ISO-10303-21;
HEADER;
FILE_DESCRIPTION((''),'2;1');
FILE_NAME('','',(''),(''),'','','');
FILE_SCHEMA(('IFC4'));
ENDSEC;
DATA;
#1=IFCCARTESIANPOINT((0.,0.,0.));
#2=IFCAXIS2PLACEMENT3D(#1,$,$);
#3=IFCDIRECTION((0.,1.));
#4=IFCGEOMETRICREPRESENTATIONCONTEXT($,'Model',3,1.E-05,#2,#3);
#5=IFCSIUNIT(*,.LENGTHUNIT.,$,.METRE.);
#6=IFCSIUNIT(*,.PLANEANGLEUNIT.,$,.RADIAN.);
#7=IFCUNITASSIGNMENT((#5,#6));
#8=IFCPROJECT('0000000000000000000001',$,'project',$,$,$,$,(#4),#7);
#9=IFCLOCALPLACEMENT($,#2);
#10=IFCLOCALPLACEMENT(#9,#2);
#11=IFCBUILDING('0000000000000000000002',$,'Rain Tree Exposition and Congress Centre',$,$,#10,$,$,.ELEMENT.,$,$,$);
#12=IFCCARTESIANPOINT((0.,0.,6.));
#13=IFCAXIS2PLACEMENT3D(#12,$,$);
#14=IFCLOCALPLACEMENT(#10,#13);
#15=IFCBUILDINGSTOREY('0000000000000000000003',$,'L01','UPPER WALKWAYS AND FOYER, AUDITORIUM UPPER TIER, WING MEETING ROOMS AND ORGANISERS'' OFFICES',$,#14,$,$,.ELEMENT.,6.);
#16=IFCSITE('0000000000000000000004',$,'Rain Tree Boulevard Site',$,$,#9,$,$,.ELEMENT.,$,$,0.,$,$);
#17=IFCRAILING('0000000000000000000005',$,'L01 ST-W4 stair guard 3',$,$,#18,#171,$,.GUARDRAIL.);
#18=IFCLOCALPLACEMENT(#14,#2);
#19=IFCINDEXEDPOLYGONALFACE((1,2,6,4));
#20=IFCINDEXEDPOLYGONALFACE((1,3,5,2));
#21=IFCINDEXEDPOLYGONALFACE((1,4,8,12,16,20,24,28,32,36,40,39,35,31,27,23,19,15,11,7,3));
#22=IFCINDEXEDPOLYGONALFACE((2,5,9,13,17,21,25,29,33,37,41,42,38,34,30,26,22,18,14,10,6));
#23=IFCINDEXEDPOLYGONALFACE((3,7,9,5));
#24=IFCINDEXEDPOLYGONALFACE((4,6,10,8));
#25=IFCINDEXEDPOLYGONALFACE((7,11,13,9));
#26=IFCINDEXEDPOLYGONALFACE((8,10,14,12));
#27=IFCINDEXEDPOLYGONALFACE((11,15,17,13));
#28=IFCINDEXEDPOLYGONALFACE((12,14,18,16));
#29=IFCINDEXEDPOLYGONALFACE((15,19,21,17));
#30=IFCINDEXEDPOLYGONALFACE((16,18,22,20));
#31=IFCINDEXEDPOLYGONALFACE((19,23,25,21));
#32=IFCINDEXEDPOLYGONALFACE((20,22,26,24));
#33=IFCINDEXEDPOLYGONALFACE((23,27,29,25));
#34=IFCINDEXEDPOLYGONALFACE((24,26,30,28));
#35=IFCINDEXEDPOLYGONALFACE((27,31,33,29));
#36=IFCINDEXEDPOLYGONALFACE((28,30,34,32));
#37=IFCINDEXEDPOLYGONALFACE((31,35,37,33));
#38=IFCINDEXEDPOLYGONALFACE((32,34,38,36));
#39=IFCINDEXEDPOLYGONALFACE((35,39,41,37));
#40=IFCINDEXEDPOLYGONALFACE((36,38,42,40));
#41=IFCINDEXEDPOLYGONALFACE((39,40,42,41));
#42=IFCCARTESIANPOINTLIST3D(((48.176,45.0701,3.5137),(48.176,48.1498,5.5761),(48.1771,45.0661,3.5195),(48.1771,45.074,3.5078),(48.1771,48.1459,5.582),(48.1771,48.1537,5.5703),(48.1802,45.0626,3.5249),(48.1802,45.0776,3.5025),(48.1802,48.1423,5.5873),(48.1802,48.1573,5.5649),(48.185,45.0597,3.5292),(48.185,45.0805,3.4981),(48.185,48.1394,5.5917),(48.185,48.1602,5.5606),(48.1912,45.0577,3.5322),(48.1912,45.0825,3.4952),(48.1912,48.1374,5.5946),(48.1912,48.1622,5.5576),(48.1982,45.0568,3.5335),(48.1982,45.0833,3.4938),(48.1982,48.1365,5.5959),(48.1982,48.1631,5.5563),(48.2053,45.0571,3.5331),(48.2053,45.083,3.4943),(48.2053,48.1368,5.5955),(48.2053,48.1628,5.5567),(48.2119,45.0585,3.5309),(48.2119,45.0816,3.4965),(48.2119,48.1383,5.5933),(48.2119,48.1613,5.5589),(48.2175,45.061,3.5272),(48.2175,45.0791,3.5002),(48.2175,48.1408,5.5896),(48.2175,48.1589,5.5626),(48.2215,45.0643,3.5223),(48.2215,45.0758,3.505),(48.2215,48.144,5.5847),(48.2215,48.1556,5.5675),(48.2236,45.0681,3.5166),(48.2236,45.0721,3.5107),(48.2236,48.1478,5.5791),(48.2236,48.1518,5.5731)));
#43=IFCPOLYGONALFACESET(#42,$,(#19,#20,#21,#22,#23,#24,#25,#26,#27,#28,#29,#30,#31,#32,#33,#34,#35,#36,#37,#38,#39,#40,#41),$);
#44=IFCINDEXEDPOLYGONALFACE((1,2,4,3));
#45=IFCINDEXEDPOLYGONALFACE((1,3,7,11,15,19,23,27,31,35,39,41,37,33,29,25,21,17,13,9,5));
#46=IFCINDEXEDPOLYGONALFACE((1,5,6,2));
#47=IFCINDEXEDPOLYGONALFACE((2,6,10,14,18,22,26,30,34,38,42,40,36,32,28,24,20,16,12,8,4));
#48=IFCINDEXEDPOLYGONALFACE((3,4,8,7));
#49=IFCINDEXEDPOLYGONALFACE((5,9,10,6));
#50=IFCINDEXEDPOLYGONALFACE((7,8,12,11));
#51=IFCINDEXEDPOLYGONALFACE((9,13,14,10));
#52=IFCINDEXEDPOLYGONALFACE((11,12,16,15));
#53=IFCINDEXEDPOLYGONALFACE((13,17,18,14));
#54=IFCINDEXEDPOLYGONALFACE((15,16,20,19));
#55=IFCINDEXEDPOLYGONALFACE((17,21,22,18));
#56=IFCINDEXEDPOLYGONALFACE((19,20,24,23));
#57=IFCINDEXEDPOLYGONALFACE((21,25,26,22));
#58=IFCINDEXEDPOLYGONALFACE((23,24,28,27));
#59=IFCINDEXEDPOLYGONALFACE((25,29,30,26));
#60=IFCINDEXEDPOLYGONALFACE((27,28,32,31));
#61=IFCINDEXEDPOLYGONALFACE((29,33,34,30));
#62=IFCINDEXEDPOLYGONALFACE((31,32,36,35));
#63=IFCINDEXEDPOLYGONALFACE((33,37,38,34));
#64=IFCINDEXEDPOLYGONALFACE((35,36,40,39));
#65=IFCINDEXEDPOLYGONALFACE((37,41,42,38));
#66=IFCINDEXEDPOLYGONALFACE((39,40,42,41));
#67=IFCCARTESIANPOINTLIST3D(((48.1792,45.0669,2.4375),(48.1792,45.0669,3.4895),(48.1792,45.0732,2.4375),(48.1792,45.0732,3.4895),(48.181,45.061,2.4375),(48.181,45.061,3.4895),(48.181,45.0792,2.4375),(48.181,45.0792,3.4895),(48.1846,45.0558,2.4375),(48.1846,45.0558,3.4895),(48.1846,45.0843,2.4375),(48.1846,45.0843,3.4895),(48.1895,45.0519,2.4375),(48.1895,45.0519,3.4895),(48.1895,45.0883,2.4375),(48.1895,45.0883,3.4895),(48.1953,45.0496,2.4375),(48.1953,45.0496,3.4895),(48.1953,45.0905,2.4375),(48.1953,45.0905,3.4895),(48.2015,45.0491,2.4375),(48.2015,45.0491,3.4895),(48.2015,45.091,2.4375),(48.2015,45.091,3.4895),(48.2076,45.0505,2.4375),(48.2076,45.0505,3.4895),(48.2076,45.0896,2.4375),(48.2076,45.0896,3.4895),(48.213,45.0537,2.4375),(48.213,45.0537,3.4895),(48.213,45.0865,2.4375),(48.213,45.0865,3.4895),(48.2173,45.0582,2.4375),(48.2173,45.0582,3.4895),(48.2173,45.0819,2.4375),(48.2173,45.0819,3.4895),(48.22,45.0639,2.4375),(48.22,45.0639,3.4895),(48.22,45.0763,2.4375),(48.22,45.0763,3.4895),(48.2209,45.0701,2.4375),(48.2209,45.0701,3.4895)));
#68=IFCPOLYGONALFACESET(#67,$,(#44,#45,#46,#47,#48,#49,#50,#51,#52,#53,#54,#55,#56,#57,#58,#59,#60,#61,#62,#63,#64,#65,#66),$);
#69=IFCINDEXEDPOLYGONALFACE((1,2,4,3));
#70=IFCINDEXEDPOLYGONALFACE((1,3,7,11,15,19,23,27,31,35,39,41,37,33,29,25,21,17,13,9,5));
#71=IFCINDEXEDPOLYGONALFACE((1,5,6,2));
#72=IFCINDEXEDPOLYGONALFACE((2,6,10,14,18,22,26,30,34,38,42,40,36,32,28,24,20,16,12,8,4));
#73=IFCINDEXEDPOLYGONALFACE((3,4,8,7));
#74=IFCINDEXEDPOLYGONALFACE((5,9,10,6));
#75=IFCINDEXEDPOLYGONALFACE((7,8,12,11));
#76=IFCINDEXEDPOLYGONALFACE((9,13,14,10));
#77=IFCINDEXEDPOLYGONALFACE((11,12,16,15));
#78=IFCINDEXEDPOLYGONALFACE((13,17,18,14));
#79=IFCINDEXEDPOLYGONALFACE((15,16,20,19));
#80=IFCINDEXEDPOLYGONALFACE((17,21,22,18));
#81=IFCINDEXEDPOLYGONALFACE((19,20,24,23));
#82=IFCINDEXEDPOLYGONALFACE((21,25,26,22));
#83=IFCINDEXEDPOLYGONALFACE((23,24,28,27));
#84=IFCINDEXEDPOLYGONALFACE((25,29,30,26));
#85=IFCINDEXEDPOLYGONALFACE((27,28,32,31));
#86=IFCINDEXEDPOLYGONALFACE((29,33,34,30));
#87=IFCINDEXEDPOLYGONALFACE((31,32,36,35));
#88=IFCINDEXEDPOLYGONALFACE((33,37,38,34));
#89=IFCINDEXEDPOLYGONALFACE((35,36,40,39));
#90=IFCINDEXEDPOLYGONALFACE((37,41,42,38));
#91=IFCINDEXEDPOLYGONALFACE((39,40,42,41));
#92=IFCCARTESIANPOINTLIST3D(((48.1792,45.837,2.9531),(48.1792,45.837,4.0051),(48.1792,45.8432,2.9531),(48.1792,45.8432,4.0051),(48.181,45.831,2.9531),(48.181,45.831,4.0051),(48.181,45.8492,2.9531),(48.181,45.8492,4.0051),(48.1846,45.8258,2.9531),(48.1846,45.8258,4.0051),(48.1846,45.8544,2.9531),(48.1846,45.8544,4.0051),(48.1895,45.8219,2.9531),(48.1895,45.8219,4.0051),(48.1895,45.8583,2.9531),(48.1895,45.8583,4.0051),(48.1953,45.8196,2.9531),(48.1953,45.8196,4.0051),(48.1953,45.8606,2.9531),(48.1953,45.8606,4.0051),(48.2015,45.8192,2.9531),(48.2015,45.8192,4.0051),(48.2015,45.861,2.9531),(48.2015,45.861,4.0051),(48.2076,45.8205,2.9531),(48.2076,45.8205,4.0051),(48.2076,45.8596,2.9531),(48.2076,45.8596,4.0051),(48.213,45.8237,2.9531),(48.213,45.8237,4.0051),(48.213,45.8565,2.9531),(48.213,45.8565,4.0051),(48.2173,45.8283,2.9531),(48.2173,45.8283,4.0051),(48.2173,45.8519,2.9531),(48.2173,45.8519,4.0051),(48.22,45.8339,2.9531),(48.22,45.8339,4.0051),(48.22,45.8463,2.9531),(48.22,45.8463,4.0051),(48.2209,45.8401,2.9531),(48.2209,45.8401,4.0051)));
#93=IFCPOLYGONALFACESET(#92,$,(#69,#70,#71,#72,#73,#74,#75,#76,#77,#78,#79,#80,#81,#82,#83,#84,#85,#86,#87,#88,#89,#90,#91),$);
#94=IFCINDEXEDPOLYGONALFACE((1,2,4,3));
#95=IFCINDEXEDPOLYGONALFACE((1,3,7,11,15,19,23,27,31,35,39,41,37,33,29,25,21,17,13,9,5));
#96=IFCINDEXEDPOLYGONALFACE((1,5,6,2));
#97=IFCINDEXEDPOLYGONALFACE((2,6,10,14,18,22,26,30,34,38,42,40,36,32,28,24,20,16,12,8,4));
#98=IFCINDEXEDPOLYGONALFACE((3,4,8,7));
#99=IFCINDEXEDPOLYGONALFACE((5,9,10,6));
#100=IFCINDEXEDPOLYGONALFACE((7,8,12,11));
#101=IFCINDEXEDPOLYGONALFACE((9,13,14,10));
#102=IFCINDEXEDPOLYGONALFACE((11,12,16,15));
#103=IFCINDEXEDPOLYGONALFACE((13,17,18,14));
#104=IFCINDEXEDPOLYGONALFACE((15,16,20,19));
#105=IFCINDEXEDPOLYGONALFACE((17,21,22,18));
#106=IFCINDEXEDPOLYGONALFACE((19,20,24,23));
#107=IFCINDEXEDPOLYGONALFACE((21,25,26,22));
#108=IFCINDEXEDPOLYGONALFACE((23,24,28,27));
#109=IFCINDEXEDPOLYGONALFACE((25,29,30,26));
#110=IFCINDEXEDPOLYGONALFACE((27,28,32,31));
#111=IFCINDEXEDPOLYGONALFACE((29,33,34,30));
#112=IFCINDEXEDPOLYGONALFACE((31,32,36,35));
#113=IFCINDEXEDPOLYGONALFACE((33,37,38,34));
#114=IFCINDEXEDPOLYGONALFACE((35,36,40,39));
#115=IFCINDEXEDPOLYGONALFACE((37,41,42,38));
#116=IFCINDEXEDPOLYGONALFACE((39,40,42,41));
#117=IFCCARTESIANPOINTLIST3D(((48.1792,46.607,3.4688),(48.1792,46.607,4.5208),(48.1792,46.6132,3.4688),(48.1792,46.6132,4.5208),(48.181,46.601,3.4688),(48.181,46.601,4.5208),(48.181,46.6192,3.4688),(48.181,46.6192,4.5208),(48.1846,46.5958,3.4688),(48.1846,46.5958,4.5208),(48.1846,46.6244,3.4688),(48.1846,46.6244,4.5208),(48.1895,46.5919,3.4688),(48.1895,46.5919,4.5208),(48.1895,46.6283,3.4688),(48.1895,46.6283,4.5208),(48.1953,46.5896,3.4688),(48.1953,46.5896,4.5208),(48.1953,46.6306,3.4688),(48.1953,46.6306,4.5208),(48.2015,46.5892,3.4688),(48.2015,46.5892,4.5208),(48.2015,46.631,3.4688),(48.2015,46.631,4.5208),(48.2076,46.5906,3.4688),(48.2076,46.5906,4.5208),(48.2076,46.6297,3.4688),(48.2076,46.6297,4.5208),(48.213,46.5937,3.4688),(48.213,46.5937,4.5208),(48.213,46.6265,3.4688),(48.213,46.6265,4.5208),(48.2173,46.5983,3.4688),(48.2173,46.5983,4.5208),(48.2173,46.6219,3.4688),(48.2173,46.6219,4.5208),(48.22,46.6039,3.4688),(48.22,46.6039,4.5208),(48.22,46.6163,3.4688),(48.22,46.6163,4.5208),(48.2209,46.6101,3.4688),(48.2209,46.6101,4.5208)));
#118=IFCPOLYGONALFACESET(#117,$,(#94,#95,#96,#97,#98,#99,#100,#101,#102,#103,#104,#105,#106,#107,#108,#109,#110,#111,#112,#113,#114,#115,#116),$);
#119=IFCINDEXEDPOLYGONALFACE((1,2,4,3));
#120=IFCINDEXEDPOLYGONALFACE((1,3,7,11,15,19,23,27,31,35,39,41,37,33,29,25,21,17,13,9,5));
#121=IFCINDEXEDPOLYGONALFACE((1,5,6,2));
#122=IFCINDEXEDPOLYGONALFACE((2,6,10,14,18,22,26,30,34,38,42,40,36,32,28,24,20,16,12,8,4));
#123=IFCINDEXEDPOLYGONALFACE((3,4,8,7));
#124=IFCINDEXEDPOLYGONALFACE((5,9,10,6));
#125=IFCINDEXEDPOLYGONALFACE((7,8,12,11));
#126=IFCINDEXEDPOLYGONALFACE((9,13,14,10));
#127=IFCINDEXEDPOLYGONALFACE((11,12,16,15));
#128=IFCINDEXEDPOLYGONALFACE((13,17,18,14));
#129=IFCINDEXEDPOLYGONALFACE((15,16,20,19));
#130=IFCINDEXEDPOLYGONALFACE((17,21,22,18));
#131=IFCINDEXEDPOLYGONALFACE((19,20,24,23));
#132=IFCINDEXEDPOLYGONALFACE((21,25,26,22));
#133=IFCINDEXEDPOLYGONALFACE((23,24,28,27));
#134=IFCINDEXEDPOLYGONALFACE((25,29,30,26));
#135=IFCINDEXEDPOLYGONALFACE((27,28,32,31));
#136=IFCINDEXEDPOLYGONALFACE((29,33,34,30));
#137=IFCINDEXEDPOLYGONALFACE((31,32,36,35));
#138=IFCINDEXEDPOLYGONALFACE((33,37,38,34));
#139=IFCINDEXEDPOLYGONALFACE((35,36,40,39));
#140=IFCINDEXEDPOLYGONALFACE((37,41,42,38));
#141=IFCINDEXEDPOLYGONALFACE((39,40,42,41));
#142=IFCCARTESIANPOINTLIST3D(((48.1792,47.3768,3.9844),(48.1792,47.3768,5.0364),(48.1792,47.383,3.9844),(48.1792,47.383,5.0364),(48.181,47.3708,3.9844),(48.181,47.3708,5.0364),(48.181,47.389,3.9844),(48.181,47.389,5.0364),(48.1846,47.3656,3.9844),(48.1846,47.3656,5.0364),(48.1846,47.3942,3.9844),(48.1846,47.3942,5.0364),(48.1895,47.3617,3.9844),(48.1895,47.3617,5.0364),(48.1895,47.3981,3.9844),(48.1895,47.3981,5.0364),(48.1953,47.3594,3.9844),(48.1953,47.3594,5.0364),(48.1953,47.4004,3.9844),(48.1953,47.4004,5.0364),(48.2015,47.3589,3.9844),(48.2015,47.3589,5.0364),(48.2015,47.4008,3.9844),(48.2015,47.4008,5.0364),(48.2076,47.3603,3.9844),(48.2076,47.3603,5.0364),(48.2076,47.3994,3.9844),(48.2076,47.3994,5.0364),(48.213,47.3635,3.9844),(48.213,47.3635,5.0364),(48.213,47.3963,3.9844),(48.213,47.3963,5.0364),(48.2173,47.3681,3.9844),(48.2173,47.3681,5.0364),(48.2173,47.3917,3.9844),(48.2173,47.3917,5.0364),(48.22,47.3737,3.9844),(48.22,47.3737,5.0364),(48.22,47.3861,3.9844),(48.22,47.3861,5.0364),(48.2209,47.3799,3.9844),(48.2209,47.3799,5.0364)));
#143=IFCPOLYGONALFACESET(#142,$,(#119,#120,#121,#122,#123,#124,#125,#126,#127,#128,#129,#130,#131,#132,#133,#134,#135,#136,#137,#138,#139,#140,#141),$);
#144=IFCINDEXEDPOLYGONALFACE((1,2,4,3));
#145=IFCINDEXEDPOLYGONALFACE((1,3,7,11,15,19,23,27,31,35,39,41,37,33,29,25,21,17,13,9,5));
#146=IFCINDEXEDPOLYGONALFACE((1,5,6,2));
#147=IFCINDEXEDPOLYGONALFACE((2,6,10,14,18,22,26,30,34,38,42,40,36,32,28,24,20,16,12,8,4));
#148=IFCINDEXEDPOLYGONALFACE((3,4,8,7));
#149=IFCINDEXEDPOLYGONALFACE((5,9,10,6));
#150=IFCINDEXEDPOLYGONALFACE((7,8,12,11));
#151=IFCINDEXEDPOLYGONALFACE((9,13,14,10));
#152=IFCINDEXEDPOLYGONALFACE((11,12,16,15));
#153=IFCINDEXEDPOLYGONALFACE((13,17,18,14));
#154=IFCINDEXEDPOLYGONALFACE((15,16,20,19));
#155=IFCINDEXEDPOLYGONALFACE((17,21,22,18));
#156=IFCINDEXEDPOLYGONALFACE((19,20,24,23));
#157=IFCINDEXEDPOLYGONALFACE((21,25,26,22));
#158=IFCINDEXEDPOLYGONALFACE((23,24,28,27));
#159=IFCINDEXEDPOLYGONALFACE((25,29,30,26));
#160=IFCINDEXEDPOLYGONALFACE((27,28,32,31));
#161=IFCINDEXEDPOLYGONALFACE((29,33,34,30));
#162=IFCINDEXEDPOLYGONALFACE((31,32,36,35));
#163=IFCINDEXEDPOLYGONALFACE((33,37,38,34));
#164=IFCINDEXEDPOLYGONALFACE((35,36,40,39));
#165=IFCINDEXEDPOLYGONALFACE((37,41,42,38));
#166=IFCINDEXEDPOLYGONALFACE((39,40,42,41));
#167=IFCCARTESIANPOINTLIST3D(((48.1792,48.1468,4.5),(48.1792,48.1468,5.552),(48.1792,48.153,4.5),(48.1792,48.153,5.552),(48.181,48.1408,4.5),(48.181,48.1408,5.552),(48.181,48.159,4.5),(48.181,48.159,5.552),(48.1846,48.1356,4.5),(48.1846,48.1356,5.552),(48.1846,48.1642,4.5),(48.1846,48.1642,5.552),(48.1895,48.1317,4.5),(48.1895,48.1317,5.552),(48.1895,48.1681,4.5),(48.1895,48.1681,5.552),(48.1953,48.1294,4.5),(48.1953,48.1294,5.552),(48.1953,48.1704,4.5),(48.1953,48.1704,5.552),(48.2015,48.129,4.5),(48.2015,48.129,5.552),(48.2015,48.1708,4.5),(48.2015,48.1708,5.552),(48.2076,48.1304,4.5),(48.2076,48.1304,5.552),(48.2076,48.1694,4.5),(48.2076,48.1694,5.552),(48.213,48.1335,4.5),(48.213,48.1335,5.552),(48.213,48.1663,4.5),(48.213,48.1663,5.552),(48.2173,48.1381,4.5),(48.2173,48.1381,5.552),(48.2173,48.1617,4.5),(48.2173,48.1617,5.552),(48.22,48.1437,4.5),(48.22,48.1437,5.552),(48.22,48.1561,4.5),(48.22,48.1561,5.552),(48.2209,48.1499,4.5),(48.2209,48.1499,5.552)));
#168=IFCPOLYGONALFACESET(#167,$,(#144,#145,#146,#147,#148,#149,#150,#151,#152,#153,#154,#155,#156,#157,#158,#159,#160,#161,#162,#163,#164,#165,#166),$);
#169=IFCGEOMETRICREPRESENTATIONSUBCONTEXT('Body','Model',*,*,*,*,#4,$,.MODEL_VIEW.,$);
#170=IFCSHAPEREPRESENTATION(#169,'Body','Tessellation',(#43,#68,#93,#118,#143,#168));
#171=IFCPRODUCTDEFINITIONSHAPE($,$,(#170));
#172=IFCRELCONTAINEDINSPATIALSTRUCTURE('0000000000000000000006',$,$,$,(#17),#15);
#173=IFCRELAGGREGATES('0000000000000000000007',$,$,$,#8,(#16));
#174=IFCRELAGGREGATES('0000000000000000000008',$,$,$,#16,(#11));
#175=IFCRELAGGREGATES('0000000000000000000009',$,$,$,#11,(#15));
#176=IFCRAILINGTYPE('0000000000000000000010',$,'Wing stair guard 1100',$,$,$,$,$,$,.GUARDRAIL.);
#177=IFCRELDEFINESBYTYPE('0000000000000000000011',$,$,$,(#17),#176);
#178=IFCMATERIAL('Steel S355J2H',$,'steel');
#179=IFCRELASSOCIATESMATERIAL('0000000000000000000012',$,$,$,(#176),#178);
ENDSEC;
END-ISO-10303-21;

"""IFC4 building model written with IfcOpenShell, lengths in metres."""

from ifc_helpers import new_model, si_unit, direction, frame, origin, origin_2d, place, context, subcontext, project, spatial, circle, extrude, material, type_object, element, save


model = new_model("IFC4")

# Units and contexts
model_context = context("Model", 3, precision=1e-05, world=origin(), true_north=direction((0.0, 1.0)))
body_context = subcontext(model_context, "Body", "Model", "MODEL_VIEW")
ifc_project = project(units=[si_unit("LENGTHUNIT", "METRE"), si_unit("PLANEANGLEUNIT", "RADIAN")], contexts=[model_context])

# Site, building, storey
site_placement = place(None, origin())
site = spatial("IfcSite", under=ifc_project, at=site_placement, Name="Rain Tree Boulevard Site", CompositionType="ELEMENT", RefElevation=0.0)
building_placement = place(site_placement, origin())
building = spatial("IfcBuilding", under=site, at=building_placement, Name="Rain Tree Exposition and Congress Centre", CompositionType="ELEMENT")
storey_placement = place(building_placement, frame((0.0, 0.0, 6.0)))
storey = spatial("IfcBuildingStorey", under=building, at=storey_placement, Name="L01", Description="UPPER WALKWAYS AND FOYER, AUDITORIUM UPPER TIER, WING MEETING ROOMS AND ORGANISERS' OFFICES", CompositionType="ELEMENT", Elevation=6.0)

# Railing
ifc_material_1 = material(Name="Steel S355J2H", Category="steel")
railing_type_1 = type_object("IfcRailingType", Name="Wing stair guard 1100", PredefinedType="GUARDRAIL", material=ifc_material_1)
railing_1_placement = place(storey_placement, frame((48.2, 45.0701, 2.4375)))
element("IfcRailing", 1, at=railing_1_placement, inside=storey, type_object=railing_type_1, Name="L01 ST-W4 stair guard 3", PredefinedType="GUARDRAIL", context=body_context, shape_type="SweptSolid", body=[
    extrude(circle(Radius=0.0239, at=origin_2d()), frame((0.0, 0.0, 1.0762), z_axis=(0.0, 0.830893, 0.556432), x_axis=(-1.0, 0.0, 0.0)), (0.0, 0.0, 1.0), 3.7065),
    extrude(circle(Radius=0.021, at=origin_2d()), origin(), (0.0, 0.0, 1.0), 1.052),
    extrude(circle(Radius=0.021, at=origin_2d()), frame((0.0, 0.77, 0.5156)), (0.0, 0.0, 1.0), 1.052),
    extrude(circle(Radius=0.021, at=origin_2d()), frame((0.0, 1.54, 1.0312)), (0.0, 0.0, 1.0), 1.052),
    extrude(circle(Radius=0.021, at=origin_2d()), frame((0.0, 2.3098, 1.5469)), (0.0, 0.0, 1.0), 1.052),
    extrude(circle(Radius=0.021, at=origin_2d()), frame((0.0, 3.0798, 2.0625)), (0.0, 0.0, 1.0), 1.052),
])

save(model, "model.ifc")
